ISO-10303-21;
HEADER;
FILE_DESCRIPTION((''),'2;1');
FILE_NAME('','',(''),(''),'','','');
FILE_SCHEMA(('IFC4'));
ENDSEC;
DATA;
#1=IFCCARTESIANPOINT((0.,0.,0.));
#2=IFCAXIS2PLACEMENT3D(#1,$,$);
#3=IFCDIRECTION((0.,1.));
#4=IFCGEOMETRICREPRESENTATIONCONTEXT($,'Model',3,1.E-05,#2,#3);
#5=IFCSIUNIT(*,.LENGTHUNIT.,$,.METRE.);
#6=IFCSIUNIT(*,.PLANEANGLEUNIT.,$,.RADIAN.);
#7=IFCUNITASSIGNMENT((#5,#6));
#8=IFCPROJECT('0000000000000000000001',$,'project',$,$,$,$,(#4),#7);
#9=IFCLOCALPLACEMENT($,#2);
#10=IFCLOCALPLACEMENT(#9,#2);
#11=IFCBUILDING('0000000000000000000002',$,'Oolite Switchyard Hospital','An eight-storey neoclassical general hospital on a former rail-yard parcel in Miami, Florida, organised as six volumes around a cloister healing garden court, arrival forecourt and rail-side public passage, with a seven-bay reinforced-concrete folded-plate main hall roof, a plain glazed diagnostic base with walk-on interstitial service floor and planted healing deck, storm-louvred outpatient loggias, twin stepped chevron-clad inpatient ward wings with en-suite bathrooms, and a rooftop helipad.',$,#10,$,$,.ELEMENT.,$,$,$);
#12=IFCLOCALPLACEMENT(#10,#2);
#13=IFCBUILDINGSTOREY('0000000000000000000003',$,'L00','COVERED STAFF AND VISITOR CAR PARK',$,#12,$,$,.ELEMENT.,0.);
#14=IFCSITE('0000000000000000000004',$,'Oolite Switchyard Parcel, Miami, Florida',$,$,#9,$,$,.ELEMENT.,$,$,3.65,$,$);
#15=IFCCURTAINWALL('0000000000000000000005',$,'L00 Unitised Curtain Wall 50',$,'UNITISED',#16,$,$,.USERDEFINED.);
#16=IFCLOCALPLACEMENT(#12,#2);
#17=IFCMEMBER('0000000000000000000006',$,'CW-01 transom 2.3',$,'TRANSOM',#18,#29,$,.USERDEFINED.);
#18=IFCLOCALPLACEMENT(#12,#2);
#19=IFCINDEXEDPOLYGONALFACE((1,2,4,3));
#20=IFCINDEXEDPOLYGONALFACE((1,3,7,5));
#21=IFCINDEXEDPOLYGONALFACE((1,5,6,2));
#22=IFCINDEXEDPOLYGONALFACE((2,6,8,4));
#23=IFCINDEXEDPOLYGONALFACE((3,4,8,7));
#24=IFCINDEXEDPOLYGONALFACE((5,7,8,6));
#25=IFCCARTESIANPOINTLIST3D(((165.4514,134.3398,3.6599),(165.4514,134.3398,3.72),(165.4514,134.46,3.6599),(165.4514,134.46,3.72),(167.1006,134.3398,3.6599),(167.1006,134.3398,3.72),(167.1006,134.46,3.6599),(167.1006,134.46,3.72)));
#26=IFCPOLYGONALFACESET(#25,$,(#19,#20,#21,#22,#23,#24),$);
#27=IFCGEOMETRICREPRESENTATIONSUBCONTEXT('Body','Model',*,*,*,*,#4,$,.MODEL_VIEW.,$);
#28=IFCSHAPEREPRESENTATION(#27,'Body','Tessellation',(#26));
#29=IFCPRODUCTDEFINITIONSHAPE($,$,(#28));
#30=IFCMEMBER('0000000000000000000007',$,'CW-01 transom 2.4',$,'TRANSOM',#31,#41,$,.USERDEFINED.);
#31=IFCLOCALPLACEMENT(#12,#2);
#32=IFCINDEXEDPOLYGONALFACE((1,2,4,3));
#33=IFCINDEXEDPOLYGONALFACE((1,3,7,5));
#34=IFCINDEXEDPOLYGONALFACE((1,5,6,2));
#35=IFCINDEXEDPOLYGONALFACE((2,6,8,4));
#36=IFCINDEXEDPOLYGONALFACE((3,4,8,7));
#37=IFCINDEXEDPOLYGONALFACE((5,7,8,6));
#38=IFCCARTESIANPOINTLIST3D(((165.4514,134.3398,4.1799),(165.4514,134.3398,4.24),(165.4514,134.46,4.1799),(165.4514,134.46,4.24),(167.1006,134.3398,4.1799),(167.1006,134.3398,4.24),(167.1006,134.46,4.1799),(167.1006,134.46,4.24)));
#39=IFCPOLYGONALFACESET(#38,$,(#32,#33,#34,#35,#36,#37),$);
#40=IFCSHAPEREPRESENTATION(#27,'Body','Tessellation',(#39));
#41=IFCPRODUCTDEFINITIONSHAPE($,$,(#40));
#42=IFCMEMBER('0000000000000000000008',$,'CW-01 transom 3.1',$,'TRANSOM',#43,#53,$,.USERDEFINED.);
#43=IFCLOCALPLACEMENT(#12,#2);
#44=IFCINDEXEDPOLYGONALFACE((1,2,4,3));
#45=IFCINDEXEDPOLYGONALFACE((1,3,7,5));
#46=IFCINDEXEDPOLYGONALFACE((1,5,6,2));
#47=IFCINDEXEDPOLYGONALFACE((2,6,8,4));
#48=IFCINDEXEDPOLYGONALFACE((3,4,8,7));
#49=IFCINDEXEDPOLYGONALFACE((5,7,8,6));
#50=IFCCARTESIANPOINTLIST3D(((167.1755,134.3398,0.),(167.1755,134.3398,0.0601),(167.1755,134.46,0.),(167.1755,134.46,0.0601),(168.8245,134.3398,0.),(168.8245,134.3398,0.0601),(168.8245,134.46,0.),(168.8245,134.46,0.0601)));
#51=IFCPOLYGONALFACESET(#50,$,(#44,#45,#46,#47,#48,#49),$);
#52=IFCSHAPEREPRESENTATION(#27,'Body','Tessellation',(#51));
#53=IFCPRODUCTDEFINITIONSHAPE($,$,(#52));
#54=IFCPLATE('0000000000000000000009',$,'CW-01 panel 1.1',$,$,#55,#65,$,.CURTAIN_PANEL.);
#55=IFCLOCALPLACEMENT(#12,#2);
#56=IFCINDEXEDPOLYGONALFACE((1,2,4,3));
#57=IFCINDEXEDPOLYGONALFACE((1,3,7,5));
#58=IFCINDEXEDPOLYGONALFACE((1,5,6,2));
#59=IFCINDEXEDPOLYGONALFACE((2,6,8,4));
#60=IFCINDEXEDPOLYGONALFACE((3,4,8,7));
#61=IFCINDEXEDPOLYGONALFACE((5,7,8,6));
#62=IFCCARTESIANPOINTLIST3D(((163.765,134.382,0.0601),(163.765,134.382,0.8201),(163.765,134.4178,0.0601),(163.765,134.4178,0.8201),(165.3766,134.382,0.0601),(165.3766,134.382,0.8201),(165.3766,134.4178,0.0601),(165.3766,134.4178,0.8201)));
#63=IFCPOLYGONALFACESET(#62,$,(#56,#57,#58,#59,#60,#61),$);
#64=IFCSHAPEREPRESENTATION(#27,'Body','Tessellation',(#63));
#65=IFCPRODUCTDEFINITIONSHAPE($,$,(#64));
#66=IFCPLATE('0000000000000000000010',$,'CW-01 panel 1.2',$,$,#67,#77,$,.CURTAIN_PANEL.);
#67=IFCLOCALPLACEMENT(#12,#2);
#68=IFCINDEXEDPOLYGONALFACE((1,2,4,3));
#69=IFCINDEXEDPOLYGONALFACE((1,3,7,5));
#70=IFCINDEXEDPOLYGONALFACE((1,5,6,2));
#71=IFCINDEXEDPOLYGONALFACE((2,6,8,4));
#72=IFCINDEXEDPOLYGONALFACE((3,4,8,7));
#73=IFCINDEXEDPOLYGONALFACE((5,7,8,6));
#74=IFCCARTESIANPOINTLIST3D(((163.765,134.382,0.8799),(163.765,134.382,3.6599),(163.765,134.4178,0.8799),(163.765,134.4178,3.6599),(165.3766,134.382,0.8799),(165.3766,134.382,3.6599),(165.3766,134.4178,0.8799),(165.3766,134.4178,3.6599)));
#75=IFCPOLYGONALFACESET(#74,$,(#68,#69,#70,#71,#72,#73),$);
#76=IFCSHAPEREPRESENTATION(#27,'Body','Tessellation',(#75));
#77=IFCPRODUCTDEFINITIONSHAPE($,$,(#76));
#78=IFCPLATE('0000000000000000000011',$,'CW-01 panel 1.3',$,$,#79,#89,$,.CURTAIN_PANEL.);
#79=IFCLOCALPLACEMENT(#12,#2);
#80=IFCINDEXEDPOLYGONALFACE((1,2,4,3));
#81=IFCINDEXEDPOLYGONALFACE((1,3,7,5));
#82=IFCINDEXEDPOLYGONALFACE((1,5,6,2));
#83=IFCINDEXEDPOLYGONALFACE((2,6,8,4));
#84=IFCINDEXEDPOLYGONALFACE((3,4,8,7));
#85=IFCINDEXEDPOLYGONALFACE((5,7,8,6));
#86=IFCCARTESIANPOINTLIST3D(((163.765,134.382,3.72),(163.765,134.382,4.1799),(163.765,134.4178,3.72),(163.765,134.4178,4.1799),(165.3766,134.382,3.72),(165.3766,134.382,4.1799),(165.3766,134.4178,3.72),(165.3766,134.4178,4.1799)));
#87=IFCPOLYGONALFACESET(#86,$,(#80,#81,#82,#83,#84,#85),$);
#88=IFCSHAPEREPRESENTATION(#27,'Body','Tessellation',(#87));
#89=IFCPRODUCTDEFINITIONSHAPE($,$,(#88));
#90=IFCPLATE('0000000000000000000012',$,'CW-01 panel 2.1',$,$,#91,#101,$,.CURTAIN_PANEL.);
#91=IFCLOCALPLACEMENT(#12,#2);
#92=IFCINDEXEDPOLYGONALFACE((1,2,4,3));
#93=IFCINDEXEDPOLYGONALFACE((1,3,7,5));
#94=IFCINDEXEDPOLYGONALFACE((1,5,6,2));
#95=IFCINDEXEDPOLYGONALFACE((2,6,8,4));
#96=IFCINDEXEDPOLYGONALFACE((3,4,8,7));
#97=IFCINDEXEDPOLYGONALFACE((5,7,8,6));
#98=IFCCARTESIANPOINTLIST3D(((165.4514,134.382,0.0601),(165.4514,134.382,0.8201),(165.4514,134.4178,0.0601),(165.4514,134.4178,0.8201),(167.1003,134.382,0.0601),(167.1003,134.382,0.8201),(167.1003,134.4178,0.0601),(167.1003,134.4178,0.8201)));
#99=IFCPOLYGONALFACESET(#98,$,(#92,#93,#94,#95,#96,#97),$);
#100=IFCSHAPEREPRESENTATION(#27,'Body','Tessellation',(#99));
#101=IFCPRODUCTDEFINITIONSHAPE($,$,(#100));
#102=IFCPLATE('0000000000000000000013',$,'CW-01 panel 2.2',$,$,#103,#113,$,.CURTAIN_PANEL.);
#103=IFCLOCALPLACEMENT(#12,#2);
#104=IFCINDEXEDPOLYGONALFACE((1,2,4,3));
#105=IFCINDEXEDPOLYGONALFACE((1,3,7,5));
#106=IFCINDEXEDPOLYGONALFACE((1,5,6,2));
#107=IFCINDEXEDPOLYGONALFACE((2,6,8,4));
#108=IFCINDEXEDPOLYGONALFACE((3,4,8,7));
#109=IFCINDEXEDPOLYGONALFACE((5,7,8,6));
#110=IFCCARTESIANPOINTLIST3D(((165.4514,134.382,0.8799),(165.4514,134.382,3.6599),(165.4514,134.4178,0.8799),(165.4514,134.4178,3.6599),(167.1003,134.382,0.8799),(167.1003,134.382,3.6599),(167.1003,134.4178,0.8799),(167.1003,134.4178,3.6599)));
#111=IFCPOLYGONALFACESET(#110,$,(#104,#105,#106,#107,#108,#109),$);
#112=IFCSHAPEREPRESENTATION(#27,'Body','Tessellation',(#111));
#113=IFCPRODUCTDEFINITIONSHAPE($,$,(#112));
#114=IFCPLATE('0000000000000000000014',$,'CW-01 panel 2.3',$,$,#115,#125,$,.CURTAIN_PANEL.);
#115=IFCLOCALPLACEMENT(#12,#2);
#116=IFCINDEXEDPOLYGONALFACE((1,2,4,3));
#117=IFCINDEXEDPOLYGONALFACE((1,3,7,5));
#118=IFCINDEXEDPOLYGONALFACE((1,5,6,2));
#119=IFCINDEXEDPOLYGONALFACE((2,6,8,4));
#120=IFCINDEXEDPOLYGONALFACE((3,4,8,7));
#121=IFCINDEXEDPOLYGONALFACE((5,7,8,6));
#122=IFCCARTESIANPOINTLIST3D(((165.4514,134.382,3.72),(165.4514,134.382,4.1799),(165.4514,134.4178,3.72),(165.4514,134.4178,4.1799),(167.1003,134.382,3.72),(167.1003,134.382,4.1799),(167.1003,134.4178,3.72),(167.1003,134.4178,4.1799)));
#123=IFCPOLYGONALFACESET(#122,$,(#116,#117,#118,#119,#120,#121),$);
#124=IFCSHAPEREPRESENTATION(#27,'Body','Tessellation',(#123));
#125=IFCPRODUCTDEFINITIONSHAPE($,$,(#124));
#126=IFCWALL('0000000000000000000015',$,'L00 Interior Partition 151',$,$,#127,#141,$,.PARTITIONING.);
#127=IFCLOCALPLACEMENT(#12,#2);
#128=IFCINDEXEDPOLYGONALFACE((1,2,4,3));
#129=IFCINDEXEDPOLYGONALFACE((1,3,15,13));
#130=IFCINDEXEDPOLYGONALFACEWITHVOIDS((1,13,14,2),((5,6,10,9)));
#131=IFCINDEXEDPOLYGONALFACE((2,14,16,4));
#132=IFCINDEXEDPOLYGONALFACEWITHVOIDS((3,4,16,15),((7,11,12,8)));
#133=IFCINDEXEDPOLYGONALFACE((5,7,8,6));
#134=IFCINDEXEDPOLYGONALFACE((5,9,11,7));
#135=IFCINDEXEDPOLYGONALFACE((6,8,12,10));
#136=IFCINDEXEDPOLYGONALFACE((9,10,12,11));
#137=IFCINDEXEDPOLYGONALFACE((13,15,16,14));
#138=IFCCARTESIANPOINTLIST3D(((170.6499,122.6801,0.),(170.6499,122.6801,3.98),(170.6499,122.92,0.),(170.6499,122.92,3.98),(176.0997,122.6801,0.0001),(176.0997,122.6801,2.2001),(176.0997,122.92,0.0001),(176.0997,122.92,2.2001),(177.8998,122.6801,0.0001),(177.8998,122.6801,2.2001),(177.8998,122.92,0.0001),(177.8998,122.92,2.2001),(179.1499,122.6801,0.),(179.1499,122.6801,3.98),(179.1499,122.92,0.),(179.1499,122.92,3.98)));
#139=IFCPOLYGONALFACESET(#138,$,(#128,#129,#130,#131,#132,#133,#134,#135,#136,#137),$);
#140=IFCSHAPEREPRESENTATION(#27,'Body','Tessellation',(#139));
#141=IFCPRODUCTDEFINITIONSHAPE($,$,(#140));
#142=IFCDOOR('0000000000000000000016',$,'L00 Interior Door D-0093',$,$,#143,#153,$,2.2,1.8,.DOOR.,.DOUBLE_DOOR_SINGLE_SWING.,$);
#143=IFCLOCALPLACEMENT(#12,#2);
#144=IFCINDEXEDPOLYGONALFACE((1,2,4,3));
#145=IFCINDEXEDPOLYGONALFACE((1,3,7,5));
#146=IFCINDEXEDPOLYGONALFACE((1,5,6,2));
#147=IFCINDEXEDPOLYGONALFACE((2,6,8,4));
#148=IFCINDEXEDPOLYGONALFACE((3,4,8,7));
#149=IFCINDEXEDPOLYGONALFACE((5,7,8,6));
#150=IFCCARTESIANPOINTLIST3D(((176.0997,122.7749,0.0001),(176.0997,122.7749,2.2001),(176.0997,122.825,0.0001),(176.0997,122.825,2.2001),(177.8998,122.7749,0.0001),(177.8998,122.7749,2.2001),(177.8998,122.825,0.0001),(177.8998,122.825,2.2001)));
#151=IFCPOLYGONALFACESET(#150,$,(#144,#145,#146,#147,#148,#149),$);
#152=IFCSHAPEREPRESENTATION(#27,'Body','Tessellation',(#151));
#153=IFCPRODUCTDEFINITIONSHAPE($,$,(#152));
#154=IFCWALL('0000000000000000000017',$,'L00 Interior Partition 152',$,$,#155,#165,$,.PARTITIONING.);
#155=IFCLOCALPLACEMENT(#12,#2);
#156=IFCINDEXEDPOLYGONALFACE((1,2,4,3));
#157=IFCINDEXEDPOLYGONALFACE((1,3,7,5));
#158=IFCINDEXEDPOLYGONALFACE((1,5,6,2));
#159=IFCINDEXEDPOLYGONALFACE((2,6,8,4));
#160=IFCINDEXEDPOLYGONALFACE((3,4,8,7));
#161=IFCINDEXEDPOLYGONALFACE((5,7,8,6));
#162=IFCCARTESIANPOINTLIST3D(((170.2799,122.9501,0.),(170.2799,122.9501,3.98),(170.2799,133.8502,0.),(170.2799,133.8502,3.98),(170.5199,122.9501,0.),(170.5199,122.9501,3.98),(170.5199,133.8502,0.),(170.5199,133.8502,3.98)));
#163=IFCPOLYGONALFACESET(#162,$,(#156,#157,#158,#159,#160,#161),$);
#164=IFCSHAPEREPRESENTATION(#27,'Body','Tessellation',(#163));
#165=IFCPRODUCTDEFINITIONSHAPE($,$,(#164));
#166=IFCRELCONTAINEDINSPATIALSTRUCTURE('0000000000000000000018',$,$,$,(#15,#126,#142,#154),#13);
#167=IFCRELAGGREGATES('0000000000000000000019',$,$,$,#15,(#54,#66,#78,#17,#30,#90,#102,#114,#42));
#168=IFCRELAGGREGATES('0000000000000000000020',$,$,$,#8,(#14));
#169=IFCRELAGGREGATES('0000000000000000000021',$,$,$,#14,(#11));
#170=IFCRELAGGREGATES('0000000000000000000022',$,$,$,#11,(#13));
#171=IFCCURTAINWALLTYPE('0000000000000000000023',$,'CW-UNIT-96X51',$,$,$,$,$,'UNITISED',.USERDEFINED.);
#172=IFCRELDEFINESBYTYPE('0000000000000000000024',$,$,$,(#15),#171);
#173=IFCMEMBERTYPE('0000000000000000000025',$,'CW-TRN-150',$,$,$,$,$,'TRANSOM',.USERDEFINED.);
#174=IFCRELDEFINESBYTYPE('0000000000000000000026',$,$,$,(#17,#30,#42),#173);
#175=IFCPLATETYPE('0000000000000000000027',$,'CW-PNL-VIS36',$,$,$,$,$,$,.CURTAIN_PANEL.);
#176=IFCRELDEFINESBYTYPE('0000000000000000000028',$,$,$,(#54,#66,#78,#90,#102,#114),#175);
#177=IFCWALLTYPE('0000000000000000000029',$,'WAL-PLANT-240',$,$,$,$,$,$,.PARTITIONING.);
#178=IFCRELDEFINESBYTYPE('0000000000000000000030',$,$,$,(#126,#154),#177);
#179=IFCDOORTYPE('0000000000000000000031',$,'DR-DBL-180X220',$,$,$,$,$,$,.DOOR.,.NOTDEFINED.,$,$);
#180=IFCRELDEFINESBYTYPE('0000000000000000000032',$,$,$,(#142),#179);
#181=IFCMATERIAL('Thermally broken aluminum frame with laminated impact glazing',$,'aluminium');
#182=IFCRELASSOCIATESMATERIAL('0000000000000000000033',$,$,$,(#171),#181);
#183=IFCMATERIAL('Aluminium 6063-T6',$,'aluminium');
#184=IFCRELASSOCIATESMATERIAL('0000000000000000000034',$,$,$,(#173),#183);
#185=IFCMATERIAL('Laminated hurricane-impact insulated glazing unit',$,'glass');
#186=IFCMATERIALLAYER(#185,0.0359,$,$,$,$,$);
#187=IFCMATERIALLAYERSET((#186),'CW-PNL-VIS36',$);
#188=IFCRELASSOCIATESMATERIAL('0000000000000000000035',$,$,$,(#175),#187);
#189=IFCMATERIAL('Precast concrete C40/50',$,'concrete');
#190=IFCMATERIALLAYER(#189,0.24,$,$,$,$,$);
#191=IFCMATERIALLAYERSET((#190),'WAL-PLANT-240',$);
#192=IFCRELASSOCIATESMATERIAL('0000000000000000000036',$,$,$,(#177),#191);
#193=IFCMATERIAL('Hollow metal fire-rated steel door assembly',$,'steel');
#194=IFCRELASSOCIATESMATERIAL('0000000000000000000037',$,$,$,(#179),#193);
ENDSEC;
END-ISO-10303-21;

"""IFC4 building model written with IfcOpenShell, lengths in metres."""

from ifc_helpers import new_model, si_unit, direction, frame, frame_2d, origin, origin_2d, place, context, subcontext, project, spatial, rectangle, extrude, material, layer, layer_set, material_profile, profile_set, type_object, element, fill, aggregate, save


model = new_model("IFC4")

# Units and contexts
model_context = context("Model", 3, precision=1e-05, world=origin(), true_north=direction((0.0, 1.0)))
body_context = subcontext(model_context, "Body", "Model", "MODEL_VIEW")
ifc_project = project(units=[si_unit("LENGTHUNIT", "METRE"), si_unit("PLANEANGLEUNIT", "RADIAN")], contexts=[model_context])

# Site, building, storey
site_placement = place(None, origin())
site = spatial("IfcSite", under=ifc_project, at=site_placement, Name="Oolite Switchyard Parcel, Miami, Florida", CompositionType="ELEMENT", RefElevation=3.65)
building_placement = place(site_placement, origin())
building = spatial("IfcBuilding", under=site, at=building_placement, Name="Oolite Switchyard Hospital", Description="An eight-storey neoclassical general hospital on a former rail-yard parcel in Miami, Florida, organised as six volumes around a cloister healing garden court, arrival forecourt and rail-side public passage, with a seven-bay reinforced-concrete folded-plate main hall roof, a plain glazed diagnostic base with walk-on interstitial service floor and planted healing deck, storm-louvred outpatient loggias, twin stepped chevron-clad inpatient ward wings with en-suite bathrooms, and a rooftop helipad.", CompositionType="ELEMENT")
storey_placement = place(building_placement, origin())
storey = spatial("IfcBuildingStorey", under=building, at=storey_placement, Name="L00", Description="COVERED STAFF AND VISITOR CAR PARK", CompositionType="ELEMENT", Elevation=0.0)

# Curtain wall, members, plates
ifc_material_1 = material(Name="Thermally broken aluminum frame with laminated impact glazing", Category="aluminium")
curtain_wall_type = type_object("IfcCurtainWallType", Name="CW-UNIT-96X51", ElementType="UNITISED", PredefinedType="USERDEFINED", material=ifc_material_1)
curtain_wall_placement = place(storey_placement, origin())
curtain_wall = element("IfcCurtainWall", 1, at=curtain_wall_placement, inside=storey, type_object=curtain_wall_type, Name="L00 Unitised Curtain Wall 50", ObjectType="UNITISED", PredefinedType="USERDEFINED")
ifc_material_2 = material(Name="Aluminium 6063-T6", Category="aluminium")
ifc_material_profile_1 = material_profile(ifc_material_2, rectangle(XDim=0.1201, YDim=0.0601, at=origin_2d()), Name="CWT60X120")
ifc_profile_set_1 = profile_set([ifc_material_profile_1], Name="Aluminium 6063-T6")
member_type_1 = type_object("IfcMemberType", Name="CW-TRN-150", ElementType="TRANSOM", PredefinedType="USERDEFINED", material=ifc_profile_set_1)
member_1_placement = place(storey_placement, frame((165.4514, 134.3999, 3.6899), z_axis=(1.0, 0.0, 0.0), x_axis=(0.0, 1.0, 0.0)))
member_1 = element("IfcMember", 2, at=member_1_placement, type_object=member_type_1, Name="CW-01 transom 2.3", ObjectType="TRANSOM", PredefinedType="USERDEFINED", context=body_context, shape_type="SweptSolid", body=[
    extrude(rectangle(XDim=0.1201, YDim=0.0601, at=origin_2d()), origin(), (0.0, 0.0, 1.0), 1.6492),
])
member_2_placement = place(storey_placement, frame((165.4514, 134.3999, 4.21), z_axis=(1.0, 0.0, 0.0), x_axis=(0.0, 1.0, 0.0)))
member_2 = element("IfcMember", 3, at=member_2_placement, type_object=member_type_1, Name="CW-01 transom 2.4", ObjectType="TRANSOM", PredefinedType="USERDEFINED", context=body_context, shape_type="SweptSolid", body=[
    extrude(rectangle(XDim=0.1201, YDim=0.0601, at=origin_2d()), origin(), (0.0, 0.0, 1.0), 1.6492),
])
member_3_placement = place(storey_placement, frame((167.1755, 134.3999, 0.03), z_axis=(1.0, 0.0, 0.0), x_axis=(0.0, 1.0, 0.0)))
member_3 = element("IfcMember", 4, at=member_3_placement, type_object=member_type_1, Name="CW-01 transom 3.1", ObjectType="TRANSOM", PredefinedType="USERDEFINED", context=body_context, shape_type="SweptSolid", body=[
    extrude(rectangle(XDim=0.1201, YDim=0.0601, at=origin_2d()), origin(), (0.0, 0.0, 1.0), 1.6489),
])
ifc_material_3 = material(Name="Laminated hurricane-impact insulated glazing unit", Category="glass")
ifc_layer_1 = layer(ifc_material_3, 0.0359)
ifc_layer_set_1 = layer_set([ifc_layer_1], Name="CW-PNL-VIS36")
plate_type = type_object("IfcPlateType", Name="CW-PNL-VIS36", PredefinedType="CURTAIN_PANEL", material=ifc_layer_set_1)
plate_1_placement = place(storey_placement, frame((164.5708, 134.3999, 0.0601), z_axis=(0.0, 0.0, 1.0), x_axis=(1.0, 0.0, 0.0)))
plate_1 = element("IfcPlate", 5, at=plate_1_placement, type_object=plate_type, Name="CW-01 panel 1.1", PredefinedType="CURTAIN_PANEL", context=body_context, shape_type="SweptSolid", body=[
    extrude(rectangle(XDim=1.6116, YDim=0.0359, at=origin_2d()), origin(), (0.0, 0.0, 1.0), 0.76),
])
plate_2_placement = place(storey_placement, frame((164.5708, 134.3999, 0.8799), z_axis=(0.0, 0.0, 1.0), x_axis=(1.0, 0.0, 0.0)))
plate_2 = element("IfcPlate", 6, at=plate_2_placement, type_object=plate_type, Name="CW-01 panel 1.2", PredefinedType="CURTAIN_PANEL", context=body_context, shape_type="SweptSolid", body=[
    extrude(rectangle(XDim=1.6116, YDim=0.0359, at=origin_2d()), origin(), (0.0, 0.0, 1.0), 2.78),
])
plate_3_placement = place(storey_placement, frame((164.5708, 134.3999, 3.72), z_axis=(0.0, 0.0, 1.0), x_axis=(1.0, 0.0, 0.0)))
plate_3 = element("IfcPlate", 7, at=plate_3_placement, type_object=plate_type, Name="CW-01 panel 1.3", PredefinedType="CURTAIN_PANEL", context=body_context, shape_type="SweptSolid", body=[
    extrude(rectangle(XDim=1.6116, YDim=0.0359, at=origin_2d()), origin(), (0.0, 0.0, 1.0), 0.46),
])
plate_4_placement = place(storey_placement, frame((166.2759, 134.3999, 0.0601), z_axis=(0.0, 0.0, 1.0), x_axis=(1.0, 0.0, 0.0)))
plate_4 = element("IfcPlate", 8, at=plate_4_placement, type_object=plate_type, Name="CW-01 panel 2.1", PredefinedType="CURTAIN_PANEL", context=body_context, shape_type="SweptSolid", body=[
    extrude(rectangle(XDim=1.6489, YDim=0.0359, at=origin_2d()), origin(), (0.0, 0.0, 1.0), 0.76),
])
plate_5_placement = place(storey_placement, frame((166.2759, 134.3999, 0.8799), z_axis=(0.0, 0.0, 1.0), x_axis=(1.0, 0.0, 0.0)))
plate_5 = element("IfcPlate", 9, at=plate_5_placement, type_object=plate_type, Name="CW-01 panel 2.2", PredefinedType="CURTAIN_PANEL", context=body_context, shape_type="SweptSolid", body=[
    extrude(rectangle(XDim=1.6489, YDim=0.0359, at=origin_2d()), origin(), (0.0, 0.0, 1.0), 2.78),
])
plate_6_placement = place(storey_placement, frame((166.2759, 134.3999, 3.72), z_axis=(0.0, 0.0, 1.0), x_axis=(1.0, 0.0, 0.0)))
plate_6 = element("IfcPlate", 10, at=plate_6_placement, type_object=plate_type, Name="CW-01 panel 2.3", PredefinedType="CURTAIN_PANEL", context=body_context, shape_type="SweptSolid", body=[
    extrude(rectangle(XDim=1.6489, YDim=0.0359, at=origin_2d()), origin(), (0.0, 0.0, 1.0), 0.46),
])
aggregate(curtain_wall, [plate_1, plate_2, plate_3, member_1, member_2, plate_4, plate_5, plate_6, member_3])

# Wall, opening, door
ifc_material_4 = material(Name="Precast concrete C40/50", Category="concrete")
ifc_layer_2 = layer(ifc_material_4, 0.24)
ifc_layer_set_2 = layer_set([ifc_layer_2], Name="WAL-PLANT-240")
wall_type = type_object("IfcWallType", Name="WAL-PLANT-240", PredefinedType="PARTITIONING", material=ifc_layer_set_2)
wall_1_placement = place(storey_placement, frame((170.6499, 122.8, 0.0), z_axis=(0.0, 0.0, 1.0), x_axis=(1.0, 0.0, 0.0)))
wall_1 = element("IfcWall", 11, at=wall_1_placement, inside=storey, type_object=wall_type, Name="L00 Interior Partition 151", PredefinedType="PARTITIONING", context=body_context, shape_type="SweptSolid", body=[
    extrude(rectangle(XDim=8.5, YDim=0.24, at=frame_2d((4.25, 0.0))), origin(), (0.0, 0.0, 1.0), 3.98),
])
opening_placement = place(wall_1_placement, frame((5.45, 0.0, 0.0)))
opening = element("IfcOpeningElement", 12, at=opening_placement, cuts=wall_1, PredefinedType="OPENING", context=body_context, shape_type="SweptSolid", body=[
    extrude(rectangle(XDim=1.8, YDim=2.2, at=frame_2d((0.8999, 1.1001))), frame((0.0, 0.1299, 0.0), z_axis=(0.0, -1.0, 0.0), x_axis=(1.0, 0.0, 0.0)), (0.0, 0.0, 1.0), 0.26),
])
ifc_material_5 = material(Name="Hollow metal fire-rated steel door assembly", Category="steel")
door_type = type_object("IfcDoorType", Name="DR-DBL-180X220", OperationType="NOTDEFINED", PredefinedType="DOOR", material=ifc_material_5)
door_placement = place(opening_placement, origin())
door = element("IfcDoor", 13, at=door_placement, inside=storey, type_object=door_type, Name="L00 Interior Door D-0093", OperationType="DOUBLE_DOOR_SINGLE_SWING", OverallHeight=2.2, OverallWidth=1.8, PredefinedType="DOOR", context=body_context, shape_type="SweptSolid", body=[
    extrude(rectangle(XDim=1.8, YDim=2.2, at=frame_2d((0.8999, 1.1001))), frame((0.0, 0.0249, 0.0), z_axis=(0.0, -1.0, 0.0), x_axis=(1.0, 0.0, 0.0)), (0.0, 0.0, 1.0), 0.05),
])
fill(opening, door)

# Wall
wall_2_placement = place(storey_placement, frame((170.3999, 122.95, 0.0), z_axis=(0.0, 0.0, 1.0), x_axis=(0.0, 1.0, 0.0)))
element("IfcWall", 14, at=wall_2_placement, inside=storey, type_object=wall_type, Name="L00 Interior Partition 152", PredefinedType="PARTITIONING", context=body_context, shape_type="SweptSolid", body=[
    extrude(rectangle(XDim=10.9001, YDim=0.24, at=frame_2d((5.4502, 0.0))), origin(), (0.0, 0.0, 1.0), 3.98),
])

save(model, "model.ifc")
